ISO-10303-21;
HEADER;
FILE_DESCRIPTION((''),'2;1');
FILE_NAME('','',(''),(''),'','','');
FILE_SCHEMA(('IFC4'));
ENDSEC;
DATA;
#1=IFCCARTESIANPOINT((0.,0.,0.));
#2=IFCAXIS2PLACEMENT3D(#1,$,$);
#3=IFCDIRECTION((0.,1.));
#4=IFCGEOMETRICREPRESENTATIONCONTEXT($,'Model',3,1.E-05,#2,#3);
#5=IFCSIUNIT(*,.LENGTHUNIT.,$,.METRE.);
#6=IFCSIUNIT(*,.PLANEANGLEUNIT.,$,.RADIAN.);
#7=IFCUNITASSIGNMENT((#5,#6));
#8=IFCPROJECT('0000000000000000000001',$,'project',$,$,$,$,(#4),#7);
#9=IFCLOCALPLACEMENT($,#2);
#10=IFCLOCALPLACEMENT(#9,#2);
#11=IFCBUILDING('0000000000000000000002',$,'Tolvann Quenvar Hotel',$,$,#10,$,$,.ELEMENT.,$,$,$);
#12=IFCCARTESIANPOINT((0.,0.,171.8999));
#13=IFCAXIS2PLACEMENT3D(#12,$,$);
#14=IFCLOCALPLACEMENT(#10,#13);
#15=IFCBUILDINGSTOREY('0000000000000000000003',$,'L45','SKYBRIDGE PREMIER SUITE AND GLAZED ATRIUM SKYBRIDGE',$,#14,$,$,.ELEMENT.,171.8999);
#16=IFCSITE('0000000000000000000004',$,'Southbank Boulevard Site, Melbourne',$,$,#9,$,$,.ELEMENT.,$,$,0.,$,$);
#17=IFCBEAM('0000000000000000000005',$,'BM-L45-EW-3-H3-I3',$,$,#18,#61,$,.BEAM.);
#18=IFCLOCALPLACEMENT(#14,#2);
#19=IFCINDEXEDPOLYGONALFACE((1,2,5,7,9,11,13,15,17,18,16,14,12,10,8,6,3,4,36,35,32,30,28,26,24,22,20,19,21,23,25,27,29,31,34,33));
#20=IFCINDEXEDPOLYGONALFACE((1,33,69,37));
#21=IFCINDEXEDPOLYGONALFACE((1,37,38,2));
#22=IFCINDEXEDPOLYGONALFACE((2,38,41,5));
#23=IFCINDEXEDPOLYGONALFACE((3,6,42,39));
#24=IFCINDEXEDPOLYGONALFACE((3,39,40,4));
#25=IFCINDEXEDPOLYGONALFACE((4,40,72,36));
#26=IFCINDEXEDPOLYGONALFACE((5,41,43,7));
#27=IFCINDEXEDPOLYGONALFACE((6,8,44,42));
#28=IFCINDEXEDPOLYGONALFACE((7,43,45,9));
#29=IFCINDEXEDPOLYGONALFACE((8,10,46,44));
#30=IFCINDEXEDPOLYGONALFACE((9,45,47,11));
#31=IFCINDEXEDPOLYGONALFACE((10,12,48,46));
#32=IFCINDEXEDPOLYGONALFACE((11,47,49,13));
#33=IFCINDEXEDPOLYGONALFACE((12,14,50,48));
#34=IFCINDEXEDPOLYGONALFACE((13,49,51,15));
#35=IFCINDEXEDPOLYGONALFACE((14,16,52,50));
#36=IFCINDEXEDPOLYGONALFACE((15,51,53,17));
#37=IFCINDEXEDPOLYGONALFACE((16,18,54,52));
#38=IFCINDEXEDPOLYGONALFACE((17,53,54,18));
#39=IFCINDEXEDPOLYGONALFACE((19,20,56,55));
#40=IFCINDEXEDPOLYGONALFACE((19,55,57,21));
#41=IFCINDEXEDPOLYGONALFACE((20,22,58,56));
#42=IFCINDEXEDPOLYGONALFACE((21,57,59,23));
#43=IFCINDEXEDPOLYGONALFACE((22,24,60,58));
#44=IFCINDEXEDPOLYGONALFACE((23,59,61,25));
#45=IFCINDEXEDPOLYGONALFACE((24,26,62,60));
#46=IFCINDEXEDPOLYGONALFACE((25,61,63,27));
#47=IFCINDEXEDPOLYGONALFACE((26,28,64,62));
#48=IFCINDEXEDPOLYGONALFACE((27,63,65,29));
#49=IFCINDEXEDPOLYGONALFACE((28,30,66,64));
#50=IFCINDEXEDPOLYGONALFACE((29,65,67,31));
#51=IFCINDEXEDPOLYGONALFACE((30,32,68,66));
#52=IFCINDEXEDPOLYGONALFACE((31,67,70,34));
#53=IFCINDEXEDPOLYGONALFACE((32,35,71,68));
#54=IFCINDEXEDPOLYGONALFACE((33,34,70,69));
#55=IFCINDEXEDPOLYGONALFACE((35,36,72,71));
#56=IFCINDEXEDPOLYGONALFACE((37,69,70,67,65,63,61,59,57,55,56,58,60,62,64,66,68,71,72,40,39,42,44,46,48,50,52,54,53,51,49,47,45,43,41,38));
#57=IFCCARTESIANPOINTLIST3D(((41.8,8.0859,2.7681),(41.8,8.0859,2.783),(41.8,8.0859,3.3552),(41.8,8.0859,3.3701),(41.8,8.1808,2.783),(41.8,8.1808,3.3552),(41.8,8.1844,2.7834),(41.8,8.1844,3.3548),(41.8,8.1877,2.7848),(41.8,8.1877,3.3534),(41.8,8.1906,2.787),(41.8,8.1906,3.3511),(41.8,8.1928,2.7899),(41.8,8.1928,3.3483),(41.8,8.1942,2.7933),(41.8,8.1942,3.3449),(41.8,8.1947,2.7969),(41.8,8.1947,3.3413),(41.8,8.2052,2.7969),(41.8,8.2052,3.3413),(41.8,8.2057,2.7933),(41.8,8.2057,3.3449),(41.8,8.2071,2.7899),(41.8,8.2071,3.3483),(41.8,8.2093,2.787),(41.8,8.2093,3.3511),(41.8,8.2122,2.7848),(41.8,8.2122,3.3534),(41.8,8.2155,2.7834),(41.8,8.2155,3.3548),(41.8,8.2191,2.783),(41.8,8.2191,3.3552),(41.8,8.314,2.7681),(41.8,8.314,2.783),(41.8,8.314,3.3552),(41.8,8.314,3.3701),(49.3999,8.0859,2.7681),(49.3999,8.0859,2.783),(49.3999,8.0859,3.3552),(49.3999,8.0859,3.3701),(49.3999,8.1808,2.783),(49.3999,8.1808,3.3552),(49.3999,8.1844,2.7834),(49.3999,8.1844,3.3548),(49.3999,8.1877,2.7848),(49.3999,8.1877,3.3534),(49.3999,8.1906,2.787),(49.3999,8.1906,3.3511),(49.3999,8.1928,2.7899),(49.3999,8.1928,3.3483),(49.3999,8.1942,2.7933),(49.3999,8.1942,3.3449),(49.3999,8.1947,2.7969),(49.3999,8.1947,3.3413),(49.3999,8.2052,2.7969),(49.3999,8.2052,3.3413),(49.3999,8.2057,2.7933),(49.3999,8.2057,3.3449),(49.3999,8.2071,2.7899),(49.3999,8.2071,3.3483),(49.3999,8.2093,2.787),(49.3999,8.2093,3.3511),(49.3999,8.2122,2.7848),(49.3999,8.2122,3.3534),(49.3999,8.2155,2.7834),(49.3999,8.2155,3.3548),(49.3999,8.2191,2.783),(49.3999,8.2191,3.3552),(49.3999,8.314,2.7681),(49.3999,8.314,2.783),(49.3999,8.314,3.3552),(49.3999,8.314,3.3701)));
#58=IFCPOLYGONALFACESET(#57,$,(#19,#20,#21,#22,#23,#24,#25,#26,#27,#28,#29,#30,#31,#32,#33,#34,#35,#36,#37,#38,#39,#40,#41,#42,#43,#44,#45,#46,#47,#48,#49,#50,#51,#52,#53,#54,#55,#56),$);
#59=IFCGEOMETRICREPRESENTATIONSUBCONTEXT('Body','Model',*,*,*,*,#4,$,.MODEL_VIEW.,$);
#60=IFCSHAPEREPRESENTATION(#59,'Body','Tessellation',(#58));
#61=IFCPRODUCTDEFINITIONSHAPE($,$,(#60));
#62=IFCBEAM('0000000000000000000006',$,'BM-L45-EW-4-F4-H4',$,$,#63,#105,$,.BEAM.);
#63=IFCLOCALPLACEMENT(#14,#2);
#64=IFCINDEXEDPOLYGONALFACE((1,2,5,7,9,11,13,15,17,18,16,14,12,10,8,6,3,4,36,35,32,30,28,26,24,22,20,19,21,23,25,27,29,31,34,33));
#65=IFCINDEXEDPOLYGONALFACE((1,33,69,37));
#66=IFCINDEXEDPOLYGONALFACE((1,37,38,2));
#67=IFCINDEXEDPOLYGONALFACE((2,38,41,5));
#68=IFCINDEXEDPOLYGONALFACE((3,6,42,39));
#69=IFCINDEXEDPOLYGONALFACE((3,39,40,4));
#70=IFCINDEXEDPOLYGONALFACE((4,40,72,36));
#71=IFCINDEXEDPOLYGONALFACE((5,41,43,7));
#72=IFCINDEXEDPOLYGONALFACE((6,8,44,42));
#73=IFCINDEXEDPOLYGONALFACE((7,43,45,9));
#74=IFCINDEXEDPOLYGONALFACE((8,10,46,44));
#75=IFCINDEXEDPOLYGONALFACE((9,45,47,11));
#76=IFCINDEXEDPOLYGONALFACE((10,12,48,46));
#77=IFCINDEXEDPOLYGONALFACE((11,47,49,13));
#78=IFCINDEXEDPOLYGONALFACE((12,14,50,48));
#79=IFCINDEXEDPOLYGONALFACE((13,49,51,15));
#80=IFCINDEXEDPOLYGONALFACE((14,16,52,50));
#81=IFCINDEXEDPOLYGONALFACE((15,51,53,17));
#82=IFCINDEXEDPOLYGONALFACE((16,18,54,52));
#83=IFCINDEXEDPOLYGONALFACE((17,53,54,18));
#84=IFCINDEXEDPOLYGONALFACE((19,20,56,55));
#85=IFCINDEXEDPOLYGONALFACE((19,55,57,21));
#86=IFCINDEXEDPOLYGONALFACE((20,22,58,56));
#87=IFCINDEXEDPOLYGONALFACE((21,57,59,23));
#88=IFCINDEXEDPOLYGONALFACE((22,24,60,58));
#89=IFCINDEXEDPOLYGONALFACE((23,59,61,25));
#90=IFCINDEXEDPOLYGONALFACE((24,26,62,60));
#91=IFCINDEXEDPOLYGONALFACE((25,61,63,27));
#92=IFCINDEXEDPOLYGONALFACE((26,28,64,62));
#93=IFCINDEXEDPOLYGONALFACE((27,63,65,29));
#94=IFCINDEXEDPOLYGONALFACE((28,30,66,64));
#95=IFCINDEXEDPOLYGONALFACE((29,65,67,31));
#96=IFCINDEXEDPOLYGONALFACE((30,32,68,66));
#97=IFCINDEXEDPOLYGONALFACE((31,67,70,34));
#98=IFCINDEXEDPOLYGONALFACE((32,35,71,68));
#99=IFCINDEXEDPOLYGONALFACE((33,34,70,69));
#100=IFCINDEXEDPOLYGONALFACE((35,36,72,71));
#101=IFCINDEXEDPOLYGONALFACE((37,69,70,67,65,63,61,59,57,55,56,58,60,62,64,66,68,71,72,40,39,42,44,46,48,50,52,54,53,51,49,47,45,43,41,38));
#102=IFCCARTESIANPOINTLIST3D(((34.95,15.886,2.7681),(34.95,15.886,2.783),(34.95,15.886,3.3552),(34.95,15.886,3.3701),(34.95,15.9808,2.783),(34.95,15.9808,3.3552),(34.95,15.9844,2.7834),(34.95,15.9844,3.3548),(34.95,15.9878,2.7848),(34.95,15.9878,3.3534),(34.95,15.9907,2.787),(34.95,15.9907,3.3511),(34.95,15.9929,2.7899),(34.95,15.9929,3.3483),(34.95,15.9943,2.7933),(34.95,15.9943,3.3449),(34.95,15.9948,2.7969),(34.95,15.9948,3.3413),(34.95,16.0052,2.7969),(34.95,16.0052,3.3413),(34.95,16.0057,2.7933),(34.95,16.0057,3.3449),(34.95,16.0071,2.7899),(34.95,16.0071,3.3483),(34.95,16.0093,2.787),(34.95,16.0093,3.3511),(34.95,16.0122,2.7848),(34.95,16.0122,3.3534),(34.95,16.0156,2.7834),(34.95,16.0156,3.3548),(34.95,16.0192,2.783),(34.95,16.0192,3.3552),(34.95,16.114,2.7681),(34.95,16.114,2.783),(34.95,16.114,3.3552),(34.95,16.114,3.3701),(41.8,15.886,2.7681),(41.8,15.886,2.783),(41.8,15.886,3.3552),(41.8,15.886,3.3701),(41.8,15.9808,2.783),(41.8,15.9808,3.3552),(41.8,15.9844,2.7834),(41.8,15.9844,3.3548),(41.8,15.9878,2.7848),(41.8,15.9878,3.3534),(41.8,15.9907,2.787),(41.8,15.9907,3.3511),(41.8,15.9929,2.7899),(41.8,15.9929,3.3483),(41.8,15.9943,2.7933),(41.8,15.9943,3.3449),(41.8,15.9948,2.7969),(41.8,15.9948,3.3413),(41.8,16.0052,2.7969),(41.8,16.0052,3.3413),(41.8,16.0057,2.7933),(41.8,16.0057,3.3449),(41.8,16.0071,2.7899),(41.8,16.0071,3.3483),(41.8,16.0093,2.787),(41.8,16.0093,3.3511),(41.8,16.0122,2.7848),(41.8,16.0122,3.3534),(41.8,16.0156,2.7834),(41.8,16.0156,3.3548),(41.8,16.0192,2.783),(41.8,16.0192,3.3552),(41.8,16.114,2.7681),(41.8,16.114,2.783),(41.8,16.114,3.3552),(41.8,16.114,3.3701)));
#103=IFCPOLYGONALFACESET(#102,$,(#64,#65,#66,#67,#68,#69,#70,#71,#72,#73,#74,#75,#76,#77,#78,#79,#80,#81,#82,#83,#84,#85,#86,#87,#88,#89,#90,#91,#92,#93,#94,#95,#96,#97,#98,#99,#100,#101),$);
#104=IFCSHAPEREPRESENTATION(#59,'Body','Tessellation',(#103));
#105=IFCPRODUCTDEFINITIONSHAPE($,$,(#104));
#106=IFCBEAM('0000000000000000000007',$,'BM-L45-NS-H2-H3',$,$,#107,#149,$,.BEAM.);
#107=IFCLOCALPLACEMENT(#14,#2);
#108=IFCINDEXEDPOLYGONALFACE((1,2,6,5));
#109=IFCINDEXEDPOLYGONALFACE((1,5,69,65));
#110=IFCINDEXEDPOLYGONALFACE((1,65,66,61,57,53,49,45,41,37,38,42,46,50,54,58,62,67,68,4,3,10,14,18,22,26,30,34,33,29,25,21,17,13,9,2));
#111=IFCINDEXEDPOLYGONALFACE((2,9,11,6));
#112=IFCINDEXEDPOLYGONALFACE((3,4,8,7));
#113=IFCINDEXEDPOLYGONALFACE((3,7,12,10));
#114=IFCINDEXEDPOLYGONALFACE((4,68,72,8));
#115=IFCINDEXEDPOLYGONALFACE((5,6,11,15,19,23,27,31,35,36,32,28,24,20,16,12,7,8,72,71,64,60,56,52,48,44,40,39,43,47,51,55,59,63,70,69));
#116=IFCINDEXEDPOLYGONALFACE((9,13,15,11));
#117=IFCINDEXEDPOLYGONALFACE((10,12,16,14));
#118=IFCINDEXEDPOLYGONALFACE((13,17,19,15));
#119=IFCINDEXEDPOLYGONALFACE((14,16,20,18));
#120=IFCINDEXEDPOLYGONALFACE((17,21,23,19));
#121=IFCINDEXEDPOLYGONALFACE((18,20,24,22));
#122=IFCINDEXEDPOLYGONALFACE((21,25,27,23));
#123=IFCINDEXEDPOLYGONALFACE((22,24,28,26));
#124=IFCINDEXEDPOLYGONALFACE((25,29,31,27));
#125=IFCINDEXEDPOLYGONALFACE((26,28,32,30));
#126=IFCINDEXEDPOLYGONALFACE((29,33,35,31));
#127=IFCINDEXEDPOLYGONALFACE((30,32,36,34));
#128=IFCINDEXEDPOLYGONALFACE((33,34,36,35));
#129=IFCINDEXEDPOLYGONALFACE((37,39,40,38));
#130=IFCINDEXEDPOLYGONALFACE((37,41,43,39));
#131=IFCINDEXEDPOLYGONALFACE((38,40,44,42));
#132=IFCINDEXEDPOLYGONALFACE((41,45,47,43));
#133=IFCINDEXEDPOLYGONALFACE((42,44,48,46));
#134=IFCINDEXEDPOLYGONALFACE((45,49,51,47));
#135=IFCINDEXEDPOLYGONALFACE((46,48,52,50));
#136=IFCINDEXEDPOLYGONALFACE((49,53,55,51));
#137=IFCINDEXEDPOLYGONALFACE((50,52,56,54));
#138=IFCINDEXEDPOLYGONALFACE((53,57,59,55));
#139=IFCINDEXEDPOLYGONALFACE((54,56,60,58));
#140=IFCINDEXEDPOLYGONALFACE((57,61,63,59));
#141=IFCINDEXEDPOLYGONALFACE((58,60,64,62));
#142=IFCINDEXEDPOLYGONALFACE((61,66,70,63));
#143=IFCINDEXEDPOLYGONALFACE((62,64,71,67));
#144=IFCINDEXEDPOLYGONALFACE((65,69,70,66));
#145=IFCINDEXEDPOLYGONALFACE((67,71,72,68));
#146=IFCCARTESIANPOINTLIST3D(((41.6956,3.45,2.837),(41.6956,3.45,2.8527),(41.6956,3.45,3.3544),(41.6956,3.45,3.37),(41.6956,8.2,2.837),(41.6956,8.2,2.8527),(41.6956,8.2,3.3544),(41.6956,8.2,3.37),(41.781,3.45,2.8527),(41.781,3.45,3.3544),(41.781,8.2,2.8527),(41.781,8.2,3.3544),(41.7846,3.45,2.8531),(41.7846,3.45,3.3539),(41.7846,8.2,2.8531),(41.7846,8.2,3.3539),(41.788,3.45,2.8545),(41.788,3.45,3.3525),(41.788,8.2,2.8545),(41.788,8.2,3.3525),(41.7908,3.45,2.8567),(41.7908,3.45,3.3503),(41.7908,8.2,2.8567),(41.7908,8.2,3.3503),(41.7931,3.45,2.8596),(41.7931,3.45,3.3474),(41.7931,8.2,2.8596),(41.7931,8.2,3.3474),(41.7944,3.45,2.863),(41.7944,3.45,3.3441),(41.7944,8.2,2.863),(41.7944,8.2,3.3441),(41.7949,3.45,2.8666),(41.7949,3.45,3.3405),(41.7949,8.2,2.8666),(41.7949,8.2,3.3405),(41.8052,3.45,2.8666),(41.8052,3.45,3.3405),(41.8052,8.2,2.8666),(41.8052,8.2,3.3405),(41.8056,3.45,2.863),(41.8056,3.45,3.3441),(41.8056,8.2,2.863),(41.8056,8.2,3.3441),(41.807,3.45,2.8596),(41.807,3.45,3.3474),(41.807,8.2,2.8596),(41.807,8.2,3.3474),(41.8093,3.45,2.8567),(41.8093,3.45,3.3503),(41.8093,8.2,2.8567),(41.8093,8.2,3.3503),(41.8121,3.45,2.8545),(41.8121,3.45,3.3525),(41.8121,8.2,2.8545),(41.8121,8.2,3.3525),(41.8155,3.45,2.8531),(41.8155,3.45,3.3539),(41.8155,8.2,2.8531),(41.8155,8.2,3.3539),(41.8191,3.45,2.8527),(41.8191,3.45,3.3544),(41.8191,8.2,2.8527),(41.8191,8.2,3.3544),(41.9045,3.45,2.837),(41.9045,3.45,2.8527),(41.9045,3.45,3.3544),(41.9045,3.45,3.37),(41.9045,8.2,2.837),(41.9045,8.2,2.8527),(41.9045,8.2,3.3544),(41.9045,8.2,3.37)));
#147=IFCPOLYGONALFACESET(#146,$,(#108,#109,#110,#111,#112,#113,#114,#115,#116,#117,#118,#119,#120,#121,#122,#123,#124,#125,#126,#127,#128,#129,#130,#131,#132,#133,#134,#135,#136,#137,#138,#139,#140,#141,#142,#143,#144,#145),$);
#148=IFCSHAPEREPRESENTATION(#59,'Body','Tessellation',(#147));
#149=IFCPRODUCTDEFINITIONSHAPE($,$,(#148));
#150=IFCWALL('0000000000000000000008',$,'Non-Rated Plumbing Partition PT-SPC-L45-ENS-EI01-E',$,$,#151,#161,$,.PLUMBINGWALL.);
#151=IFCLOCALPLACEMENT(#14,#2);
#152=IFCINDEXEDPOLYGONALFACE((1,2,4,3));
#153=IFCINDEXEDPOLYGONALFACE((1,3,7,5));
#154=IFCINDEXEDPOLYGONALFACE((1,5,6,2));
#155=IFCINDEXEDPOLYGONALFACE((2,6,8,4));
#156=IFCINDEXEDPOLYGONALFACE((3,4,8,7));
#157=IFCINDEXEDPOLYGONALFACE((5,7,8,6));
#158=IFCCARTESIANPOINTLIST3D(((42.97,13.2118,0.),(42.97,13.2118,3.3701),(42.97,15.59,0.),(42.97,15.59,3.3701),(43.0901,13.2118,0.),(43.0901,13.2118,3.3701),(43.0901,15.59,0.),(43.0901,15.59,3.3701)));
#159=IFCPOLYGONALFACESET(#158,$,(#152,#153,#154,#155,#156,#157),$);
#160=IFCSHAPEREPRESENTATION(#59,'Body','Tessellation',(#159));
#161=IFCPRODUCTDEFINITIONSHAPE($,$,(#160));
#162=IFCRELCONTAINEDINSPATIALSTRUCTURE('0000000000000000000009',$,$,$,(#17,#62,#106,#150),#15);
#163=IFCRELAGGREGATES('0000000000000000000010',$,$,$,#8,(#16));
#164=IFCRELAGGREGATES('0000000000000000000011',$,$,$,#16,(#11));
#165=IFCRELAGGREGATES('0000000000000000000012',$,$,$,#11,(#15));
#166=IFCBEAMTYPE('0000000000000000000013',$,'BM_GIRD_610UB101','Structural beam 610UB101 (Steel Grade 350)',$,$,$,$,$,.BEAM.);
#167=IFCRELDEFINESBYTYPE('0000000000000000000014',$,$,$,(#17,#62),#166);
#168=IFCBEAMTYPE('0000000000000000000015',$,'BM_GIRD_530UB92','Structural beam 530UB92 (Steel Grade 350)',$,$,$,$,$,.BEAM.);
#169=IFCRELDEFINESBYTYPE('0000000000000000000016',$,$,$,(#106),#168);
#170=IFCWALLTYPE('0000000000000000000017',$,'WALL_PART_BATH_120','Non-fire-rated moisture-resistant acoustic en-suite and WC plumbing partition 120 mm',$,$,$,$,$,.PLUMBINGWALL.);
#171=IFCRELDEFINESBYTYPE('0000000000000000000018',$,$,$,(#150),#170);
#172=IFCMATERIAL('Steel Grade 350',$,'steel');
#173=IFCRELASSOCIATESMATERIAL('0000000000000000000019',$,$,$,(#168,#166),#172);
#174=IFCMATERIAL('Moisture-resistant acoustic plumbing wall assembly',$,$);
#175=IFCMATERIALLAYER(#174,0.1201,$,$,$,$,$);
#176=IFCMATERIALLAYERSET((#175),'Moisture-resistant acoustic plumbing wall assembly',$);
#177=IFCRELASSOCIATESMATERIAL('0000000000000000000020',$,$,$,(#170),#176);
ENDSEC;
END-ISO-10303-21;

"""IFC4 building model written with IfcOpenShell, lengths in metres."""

from ifc_helpers import new_model, si_unit, direction, frame, frame_2d, origin, origin_2d, place, context, subcontext, project, spatial, rectangle, i_section, extrude, source, transform, mapped, material, layer, layer_set, material_profile, profile_set, type_object, type_shapes, element, save


model = new_model("IFC4")

# Units and contexts
model_context = context("Model", 3, precision=1e-05, world=origin(), true_north=direction((0.0, 1.0)))
body_context = subcontext(model_context, "Body", "Model", "MODEL_VIEW")
ifc_project = project(units=[si_unit("LENGTHUNIT", "METRE"), si_unit("PLANEANGLEUNIT", "RADIAN")], contexts=[model_context])

# Site, building, storey
site_placement = place(None, origin())
site = spatial("IfcSite", under=ifc_project, at=site_placement, Name="Southbank Boulevard Site, Melbourne", CompositionType="ELEMENT", RefElevation=0.0)
building_placement = place(site_placement, origin())
building = spatial("IfcBuilding", under=site, at=building_placement, Name="Tolvann Quenvar Hotel", CompositionType="ELEMENT")
storey_placement = place(building_placement, frame((0.0, 0.0, 171.8999)))
storey = spatial("IfcBuildingStorey", under=building, at=storey_placement, Name="L45", Description="SKYBRIDGE PREMIER SUITE AND GLAZED ATRIUM SKYBRIDGE", CompositionType="ELEMENT", Elevation=171.8999)

# Shared definitions
ifc_material_1 = material(Name="Steel Grade 350", Category="steel")

# Beams
ifc_material_profile_1 = material_profile(ifc_material_1, i_section(OverallWidth=0.209, OverallDepth=0.533, WebThickness=0.0103, FlangeThickness=0.0156, FilletRadius=0.0139, at=origin_2d()), Name="530UB92")
ifc_profile_set_1 = profile_set([ifc_material_profile_1], Name="Steel Grade 350")
beam_type_1 = type_object("IfcBeamType", Name="BM_GIRD_530UB92", Description="Structural beam 530UB92 (Steel Grade 350)", PredefinedType="BEAM", material=ifc_profile_set_1)
ifc_material_profile_2 = material_profile(ifc_material_1, i_section(OverallWidth=0.228, OverallDepth=0.6021, WebThickness=0.0105, FlangeThickness=0.0149, FilletRadius=0.0139, at=origin_2d()), Name="610UB101")
ifc_profile_set_2 = profile_set([ifc_material_profile_2], Name="Steel Grade 350")
beam_type_2 = type_object("IfcBeamType", Name="BM_GIRD_610UB101", Description="Structural beam 610UB101 (Steel Grade 350)", PredefinedType="BEAM", material=ifc_profile_set_2)
shared_shape_1 = source(origin(), body_context, "Body", "SweptSolid", [
    extrude(i_section(OverallWidth=0.228, OverallDepth=0.6021, WebThickness=0.0105, FlangeThickness=0.0149, FilletRadius=0.0139, at=origin_2d()), origin(), (0.0, 0.0, 1.0), 7.5999),
])
beam_1_placement = place(storey_placement, frame((41.8, 8.2, 3.0691), z_axis=(1.0, 0.0, 0.0), x_axis=(0.0, 1.0, 0.0)))
element("IfcBeam", 1, at=beam_1_placement, inside=storey, type_object=beam_type_2, Name="BM-L45-EW-3-H3-I3", PredefinedType="BEAM", context=body_context, shape_type="MappedRepresentation", body=[
    mapped(shared_shape_1, transform((0.0, 0.0, 0.0), x_axis=(1.0, 0.0, 0.0), y_axis=(0.0, 1.0, 0.0), z_axis=(0.0, 0.0, 1.0), scale=1.0)),
])
shared_shape_2 = source(origin(), body_context, "Body", "SweptSolid", [
    extrude(i_section(OverallWidth=0.228, OverallDepth=0.6021, WebThickness=0.0105, FlangeThickness=0.0149, FilletRadius=0.0139, at=origin_2d()), origin(), (0.0, 0.0, 1.0), 6.8501),
])
type_shapes(beam_type_2, [shared_shape_1, shared_shape_2])
beam_2_placement = place(storey_placement, frame((34.95, 16.0, 3.0691), z_axis=(1.0, 0.0, 0.0), x_axis=(0.0, 1.0, 0.0)))
element("IfcBeam", 2, at=beam_2_placement, inside=storey, type_object=beam_type_2, Name="BM-L45-EW-4-F4-H4", PredefinedType="BEAM", context=body_context, shape_type="MappedRepresentation", body=[
    mapped(shared_shape_2, transform((0.0, 0.0, 0.0), x_axis=(1.0, 0.0, 0.0), y_axis=(0.0, 1.0, 0.0), z_axis=(0.0, 0.0, 1.0), scale=1.0)),
])
shared_shape_3 = source(origin(), body_context, "Body", "SweptSolid", [
    extrude(i_section(OverallWidth=0.209, OverallDepth=0.533, WebThickness=0.0103, FlangeThickness=0.0156, FilletRadius=0.0139, at=origin_2d()), origin(), (0.0, 0.0, 1.0), 4.75),
])
beam_3_placement = place(storey_placement, frame((41.8, 3.45, 3.1035), z_axis=(0.0, 1.0, 0.0), x_axis=(-1.0, 0.0, 0.0)))
element("IfcBeam", 3, at=beam_3_placement, inside=storey, type_object=beam_type_1, Name="BM-L45-NS-H2-H3", PredefinedType="BEAM", context=body_context, shape_type="MappedRepresentation", body=[
    mapped(shared_shape_3, transform((0.0, 0.0, 0.0), x_axis=(1.0, 0.0, 0.0), y_axis=(0.0, 1.0, 0.0), z_axis=(0.0, 0.0, 1.0), scale=1.0)),
])

# Wall
ifc_material_2 = material(Name="Moisture-resistant acoustic plumbing wall assembly")
ifc_layer_1 = layer(ifc_material_2, 0.1201)
ifc_layer_set_1 = layer_set([ifc_layer_1], Name="Moisture-resistant acoustic plumbing wall assembly")
wall_type_1 = type_object("IfcWallType", Name="WALL_PART_BATH_120", Description="Non-fire-rated moisture-resistant acoustic en-suite and WC plumbing partition 120 mm", PredefinedType="PLUMBINGWALL", material=ifc_layer_set_1)
wall_1_placement = place(storey_placement, frame((43.03, 13.2119, 0.0), z_axis=(0.0, 0.0, 1.0), x_axis=(0.0, 1.0, 0.0)))
element("IfcWall", 4, at=wall_1_placement, inside=storey, type_object=wall_type_1, Name="Non-Rated Plumbing Partition PT-SPC-L45-ENS-EI01-E", PredefinedType="PLUMBINGWALL", context=body_context, shape_type="SweptSolid", body=[
    extrude(rectangle(XDim=2.3782, YDim=0.1201, at=frame_2d((1.189, 0.0))), origin(), (0.0, 0.0, 1.0), 3.3701),
])

save(model, "model.ifc")
